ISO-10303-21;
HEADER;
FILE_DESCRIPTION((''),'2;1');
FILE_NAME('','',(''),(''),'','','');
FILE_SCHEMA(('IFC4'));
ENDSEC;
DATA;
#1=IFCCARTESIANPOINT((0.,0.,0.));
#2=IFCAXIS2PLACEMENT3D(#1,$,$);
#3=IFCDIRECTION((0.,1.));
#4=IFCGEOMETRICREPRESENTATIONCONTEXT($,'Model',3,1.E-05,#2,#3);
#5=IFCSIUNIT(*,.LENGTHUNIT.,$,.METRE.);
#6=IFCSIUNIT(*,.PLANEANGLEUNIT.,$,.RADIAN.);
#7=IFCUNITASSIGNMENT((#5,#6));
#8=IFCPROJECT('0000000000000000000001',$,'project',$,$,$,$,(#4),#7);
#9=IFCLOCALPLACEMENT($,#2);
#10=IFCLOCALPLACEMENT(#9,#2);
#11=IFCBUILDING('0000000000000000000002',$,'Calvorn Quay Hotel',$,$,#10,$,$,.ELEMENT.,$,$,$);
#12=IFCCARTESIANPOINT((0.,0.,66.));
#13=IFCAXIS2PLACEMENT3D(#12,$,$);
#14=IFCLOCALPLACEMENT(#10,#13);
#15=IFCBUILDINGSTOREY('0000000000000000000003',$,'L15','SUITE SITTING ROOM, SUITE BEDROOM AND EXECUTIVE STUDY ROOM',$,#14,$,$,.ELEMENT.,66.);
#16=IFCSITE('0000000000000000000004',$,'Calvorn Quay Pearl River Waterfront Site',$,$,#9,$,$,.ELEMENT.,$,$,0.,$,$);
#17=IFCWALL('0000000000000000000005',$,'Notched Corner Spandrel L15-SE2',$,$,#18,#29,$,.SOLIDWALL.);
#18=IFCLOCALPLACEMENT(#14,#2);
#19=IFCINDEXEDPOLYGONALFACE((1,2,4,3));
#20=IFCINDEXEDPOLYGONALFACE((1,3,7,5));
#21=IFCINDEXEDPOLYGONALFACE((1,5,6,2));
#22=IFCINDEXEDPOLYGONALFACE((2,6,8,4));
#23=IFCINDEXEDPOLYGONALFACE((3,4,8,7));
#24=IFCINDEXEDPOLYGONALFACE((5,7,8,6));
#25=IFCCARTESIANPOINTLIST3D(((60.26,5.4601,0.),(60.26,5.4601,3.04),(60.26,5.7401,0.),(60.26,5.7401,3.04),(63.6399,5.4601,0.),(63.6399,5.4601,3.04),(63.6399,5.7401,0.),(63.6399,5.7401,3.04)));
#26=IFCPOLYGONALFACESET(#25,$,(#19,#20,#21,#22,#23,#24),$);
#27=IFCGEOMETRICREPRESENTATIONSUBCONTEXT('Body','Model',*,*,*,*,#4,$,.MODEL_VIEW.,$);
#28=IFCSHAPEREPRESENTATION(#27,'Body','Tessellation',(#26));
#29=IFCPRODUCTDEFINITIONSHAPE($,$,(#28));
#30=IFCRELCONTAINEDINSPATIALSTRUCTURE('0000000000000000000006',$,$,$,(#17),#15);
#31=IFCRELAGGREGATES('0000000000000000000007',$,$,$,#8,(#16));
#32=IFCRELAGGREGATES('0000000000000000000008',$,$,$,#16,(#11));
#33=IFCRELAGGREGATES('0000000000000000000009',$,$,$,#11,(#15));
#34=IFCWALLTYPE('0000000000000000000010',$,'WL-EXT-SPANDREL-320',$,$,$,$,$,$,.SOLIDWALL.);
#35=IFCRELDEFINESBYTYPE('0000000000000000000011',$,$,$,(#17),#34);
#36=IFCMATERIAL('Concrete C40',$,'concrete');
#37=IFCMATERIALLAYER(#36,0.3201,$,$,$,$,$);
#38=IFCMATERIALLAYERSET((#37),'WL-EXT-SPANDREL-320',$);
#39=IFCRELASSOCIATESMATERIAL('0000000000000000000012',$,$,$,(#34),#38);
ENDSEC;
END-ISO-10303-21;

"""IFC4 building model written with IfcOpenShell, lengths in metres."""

from ifc_helpers import new_model, si_unit, direction, frame, frame_2d, origin, place, context, subcontext, project, spatial, rectangle, extrude, material, layer, layer_set, type_object, element, save


model = new_model("IFC4")

# Units and contexts
model_context = context("Model", 3, precision=1e-05, world=origin(), true_north=direction((0.0, 1.0)))
body_context = subcontext(model_context, "Body", "Model", "MODEL_VIEW")
ifc_project = project(units=[si_unit("LENGTHUNIT", "METRE"), si_unit("PLANEANGLEUNIT", "RADIAN")], contexts=[model_context])

# Site, building, storey
site_placement = place(None, origin())
site = spatial("IfcSite", under=ifc_project, at=site_placement, Name="Calvorn Quay Pearl River Waterfront Site", CompositionType="ELEMENT", RefElevation=0.0)
building_placement = place(site_placement, origin())
building = spatial("IfcBuilding", under=site, at=building_placement, Name="Calvorn Quay Hotel", CompositionType="ELEMENT")
storey_placement = place(building_placement, frame((0.0, 0.0, 66.0)))
storey = spatial("IfcBuildingStorey", under=building, at=storey_placement, Name="L15", Description="SUITE SITTING ROOM, SUITE BEDROOM AND EXECUTIVE STUDY ROOM", CompositionType="ELEMENT", Elevation=66.0)

# Wall
ifc_material_1 = material(Name="Concrete C40", Category="concrete")
ifc_layer_1 = layer(ifc_material_1, 0.3201)
ifc_layer_set_1 = layer_set([ifc_layer_1], Name="WL-EXT-SPANDREL-320")
wall_type = type_object("IfcWallType", Name="WL-EXT-SPANDREL-320", PredefinedType="SOLIDWALL", material=ifc_layer_set_1)
wall_1_placement = place(storey_placement, frame((60.26, 5.6001, 0.0), z_axis=(0.0, 0.0, 1.0), x_axis=(1.0, 0.0, 0.0)))
element("IfcWall", 1, at=wall_1_placement, inside=storey, type_object=wall_type, Name="Notched Corner Spandrel L15-SE2", PredefinedType="SOLIDWALL", context=body_context, shape_type="SweptSolid", body=[
    extrude(rectangle(XDim=3.3799, YDim=0.28, at=frame_2d((1.6899, 0.0))), origin(), (0.0, 0.0, 1.0), 3.04),
])

save(model, "model.ifc")
